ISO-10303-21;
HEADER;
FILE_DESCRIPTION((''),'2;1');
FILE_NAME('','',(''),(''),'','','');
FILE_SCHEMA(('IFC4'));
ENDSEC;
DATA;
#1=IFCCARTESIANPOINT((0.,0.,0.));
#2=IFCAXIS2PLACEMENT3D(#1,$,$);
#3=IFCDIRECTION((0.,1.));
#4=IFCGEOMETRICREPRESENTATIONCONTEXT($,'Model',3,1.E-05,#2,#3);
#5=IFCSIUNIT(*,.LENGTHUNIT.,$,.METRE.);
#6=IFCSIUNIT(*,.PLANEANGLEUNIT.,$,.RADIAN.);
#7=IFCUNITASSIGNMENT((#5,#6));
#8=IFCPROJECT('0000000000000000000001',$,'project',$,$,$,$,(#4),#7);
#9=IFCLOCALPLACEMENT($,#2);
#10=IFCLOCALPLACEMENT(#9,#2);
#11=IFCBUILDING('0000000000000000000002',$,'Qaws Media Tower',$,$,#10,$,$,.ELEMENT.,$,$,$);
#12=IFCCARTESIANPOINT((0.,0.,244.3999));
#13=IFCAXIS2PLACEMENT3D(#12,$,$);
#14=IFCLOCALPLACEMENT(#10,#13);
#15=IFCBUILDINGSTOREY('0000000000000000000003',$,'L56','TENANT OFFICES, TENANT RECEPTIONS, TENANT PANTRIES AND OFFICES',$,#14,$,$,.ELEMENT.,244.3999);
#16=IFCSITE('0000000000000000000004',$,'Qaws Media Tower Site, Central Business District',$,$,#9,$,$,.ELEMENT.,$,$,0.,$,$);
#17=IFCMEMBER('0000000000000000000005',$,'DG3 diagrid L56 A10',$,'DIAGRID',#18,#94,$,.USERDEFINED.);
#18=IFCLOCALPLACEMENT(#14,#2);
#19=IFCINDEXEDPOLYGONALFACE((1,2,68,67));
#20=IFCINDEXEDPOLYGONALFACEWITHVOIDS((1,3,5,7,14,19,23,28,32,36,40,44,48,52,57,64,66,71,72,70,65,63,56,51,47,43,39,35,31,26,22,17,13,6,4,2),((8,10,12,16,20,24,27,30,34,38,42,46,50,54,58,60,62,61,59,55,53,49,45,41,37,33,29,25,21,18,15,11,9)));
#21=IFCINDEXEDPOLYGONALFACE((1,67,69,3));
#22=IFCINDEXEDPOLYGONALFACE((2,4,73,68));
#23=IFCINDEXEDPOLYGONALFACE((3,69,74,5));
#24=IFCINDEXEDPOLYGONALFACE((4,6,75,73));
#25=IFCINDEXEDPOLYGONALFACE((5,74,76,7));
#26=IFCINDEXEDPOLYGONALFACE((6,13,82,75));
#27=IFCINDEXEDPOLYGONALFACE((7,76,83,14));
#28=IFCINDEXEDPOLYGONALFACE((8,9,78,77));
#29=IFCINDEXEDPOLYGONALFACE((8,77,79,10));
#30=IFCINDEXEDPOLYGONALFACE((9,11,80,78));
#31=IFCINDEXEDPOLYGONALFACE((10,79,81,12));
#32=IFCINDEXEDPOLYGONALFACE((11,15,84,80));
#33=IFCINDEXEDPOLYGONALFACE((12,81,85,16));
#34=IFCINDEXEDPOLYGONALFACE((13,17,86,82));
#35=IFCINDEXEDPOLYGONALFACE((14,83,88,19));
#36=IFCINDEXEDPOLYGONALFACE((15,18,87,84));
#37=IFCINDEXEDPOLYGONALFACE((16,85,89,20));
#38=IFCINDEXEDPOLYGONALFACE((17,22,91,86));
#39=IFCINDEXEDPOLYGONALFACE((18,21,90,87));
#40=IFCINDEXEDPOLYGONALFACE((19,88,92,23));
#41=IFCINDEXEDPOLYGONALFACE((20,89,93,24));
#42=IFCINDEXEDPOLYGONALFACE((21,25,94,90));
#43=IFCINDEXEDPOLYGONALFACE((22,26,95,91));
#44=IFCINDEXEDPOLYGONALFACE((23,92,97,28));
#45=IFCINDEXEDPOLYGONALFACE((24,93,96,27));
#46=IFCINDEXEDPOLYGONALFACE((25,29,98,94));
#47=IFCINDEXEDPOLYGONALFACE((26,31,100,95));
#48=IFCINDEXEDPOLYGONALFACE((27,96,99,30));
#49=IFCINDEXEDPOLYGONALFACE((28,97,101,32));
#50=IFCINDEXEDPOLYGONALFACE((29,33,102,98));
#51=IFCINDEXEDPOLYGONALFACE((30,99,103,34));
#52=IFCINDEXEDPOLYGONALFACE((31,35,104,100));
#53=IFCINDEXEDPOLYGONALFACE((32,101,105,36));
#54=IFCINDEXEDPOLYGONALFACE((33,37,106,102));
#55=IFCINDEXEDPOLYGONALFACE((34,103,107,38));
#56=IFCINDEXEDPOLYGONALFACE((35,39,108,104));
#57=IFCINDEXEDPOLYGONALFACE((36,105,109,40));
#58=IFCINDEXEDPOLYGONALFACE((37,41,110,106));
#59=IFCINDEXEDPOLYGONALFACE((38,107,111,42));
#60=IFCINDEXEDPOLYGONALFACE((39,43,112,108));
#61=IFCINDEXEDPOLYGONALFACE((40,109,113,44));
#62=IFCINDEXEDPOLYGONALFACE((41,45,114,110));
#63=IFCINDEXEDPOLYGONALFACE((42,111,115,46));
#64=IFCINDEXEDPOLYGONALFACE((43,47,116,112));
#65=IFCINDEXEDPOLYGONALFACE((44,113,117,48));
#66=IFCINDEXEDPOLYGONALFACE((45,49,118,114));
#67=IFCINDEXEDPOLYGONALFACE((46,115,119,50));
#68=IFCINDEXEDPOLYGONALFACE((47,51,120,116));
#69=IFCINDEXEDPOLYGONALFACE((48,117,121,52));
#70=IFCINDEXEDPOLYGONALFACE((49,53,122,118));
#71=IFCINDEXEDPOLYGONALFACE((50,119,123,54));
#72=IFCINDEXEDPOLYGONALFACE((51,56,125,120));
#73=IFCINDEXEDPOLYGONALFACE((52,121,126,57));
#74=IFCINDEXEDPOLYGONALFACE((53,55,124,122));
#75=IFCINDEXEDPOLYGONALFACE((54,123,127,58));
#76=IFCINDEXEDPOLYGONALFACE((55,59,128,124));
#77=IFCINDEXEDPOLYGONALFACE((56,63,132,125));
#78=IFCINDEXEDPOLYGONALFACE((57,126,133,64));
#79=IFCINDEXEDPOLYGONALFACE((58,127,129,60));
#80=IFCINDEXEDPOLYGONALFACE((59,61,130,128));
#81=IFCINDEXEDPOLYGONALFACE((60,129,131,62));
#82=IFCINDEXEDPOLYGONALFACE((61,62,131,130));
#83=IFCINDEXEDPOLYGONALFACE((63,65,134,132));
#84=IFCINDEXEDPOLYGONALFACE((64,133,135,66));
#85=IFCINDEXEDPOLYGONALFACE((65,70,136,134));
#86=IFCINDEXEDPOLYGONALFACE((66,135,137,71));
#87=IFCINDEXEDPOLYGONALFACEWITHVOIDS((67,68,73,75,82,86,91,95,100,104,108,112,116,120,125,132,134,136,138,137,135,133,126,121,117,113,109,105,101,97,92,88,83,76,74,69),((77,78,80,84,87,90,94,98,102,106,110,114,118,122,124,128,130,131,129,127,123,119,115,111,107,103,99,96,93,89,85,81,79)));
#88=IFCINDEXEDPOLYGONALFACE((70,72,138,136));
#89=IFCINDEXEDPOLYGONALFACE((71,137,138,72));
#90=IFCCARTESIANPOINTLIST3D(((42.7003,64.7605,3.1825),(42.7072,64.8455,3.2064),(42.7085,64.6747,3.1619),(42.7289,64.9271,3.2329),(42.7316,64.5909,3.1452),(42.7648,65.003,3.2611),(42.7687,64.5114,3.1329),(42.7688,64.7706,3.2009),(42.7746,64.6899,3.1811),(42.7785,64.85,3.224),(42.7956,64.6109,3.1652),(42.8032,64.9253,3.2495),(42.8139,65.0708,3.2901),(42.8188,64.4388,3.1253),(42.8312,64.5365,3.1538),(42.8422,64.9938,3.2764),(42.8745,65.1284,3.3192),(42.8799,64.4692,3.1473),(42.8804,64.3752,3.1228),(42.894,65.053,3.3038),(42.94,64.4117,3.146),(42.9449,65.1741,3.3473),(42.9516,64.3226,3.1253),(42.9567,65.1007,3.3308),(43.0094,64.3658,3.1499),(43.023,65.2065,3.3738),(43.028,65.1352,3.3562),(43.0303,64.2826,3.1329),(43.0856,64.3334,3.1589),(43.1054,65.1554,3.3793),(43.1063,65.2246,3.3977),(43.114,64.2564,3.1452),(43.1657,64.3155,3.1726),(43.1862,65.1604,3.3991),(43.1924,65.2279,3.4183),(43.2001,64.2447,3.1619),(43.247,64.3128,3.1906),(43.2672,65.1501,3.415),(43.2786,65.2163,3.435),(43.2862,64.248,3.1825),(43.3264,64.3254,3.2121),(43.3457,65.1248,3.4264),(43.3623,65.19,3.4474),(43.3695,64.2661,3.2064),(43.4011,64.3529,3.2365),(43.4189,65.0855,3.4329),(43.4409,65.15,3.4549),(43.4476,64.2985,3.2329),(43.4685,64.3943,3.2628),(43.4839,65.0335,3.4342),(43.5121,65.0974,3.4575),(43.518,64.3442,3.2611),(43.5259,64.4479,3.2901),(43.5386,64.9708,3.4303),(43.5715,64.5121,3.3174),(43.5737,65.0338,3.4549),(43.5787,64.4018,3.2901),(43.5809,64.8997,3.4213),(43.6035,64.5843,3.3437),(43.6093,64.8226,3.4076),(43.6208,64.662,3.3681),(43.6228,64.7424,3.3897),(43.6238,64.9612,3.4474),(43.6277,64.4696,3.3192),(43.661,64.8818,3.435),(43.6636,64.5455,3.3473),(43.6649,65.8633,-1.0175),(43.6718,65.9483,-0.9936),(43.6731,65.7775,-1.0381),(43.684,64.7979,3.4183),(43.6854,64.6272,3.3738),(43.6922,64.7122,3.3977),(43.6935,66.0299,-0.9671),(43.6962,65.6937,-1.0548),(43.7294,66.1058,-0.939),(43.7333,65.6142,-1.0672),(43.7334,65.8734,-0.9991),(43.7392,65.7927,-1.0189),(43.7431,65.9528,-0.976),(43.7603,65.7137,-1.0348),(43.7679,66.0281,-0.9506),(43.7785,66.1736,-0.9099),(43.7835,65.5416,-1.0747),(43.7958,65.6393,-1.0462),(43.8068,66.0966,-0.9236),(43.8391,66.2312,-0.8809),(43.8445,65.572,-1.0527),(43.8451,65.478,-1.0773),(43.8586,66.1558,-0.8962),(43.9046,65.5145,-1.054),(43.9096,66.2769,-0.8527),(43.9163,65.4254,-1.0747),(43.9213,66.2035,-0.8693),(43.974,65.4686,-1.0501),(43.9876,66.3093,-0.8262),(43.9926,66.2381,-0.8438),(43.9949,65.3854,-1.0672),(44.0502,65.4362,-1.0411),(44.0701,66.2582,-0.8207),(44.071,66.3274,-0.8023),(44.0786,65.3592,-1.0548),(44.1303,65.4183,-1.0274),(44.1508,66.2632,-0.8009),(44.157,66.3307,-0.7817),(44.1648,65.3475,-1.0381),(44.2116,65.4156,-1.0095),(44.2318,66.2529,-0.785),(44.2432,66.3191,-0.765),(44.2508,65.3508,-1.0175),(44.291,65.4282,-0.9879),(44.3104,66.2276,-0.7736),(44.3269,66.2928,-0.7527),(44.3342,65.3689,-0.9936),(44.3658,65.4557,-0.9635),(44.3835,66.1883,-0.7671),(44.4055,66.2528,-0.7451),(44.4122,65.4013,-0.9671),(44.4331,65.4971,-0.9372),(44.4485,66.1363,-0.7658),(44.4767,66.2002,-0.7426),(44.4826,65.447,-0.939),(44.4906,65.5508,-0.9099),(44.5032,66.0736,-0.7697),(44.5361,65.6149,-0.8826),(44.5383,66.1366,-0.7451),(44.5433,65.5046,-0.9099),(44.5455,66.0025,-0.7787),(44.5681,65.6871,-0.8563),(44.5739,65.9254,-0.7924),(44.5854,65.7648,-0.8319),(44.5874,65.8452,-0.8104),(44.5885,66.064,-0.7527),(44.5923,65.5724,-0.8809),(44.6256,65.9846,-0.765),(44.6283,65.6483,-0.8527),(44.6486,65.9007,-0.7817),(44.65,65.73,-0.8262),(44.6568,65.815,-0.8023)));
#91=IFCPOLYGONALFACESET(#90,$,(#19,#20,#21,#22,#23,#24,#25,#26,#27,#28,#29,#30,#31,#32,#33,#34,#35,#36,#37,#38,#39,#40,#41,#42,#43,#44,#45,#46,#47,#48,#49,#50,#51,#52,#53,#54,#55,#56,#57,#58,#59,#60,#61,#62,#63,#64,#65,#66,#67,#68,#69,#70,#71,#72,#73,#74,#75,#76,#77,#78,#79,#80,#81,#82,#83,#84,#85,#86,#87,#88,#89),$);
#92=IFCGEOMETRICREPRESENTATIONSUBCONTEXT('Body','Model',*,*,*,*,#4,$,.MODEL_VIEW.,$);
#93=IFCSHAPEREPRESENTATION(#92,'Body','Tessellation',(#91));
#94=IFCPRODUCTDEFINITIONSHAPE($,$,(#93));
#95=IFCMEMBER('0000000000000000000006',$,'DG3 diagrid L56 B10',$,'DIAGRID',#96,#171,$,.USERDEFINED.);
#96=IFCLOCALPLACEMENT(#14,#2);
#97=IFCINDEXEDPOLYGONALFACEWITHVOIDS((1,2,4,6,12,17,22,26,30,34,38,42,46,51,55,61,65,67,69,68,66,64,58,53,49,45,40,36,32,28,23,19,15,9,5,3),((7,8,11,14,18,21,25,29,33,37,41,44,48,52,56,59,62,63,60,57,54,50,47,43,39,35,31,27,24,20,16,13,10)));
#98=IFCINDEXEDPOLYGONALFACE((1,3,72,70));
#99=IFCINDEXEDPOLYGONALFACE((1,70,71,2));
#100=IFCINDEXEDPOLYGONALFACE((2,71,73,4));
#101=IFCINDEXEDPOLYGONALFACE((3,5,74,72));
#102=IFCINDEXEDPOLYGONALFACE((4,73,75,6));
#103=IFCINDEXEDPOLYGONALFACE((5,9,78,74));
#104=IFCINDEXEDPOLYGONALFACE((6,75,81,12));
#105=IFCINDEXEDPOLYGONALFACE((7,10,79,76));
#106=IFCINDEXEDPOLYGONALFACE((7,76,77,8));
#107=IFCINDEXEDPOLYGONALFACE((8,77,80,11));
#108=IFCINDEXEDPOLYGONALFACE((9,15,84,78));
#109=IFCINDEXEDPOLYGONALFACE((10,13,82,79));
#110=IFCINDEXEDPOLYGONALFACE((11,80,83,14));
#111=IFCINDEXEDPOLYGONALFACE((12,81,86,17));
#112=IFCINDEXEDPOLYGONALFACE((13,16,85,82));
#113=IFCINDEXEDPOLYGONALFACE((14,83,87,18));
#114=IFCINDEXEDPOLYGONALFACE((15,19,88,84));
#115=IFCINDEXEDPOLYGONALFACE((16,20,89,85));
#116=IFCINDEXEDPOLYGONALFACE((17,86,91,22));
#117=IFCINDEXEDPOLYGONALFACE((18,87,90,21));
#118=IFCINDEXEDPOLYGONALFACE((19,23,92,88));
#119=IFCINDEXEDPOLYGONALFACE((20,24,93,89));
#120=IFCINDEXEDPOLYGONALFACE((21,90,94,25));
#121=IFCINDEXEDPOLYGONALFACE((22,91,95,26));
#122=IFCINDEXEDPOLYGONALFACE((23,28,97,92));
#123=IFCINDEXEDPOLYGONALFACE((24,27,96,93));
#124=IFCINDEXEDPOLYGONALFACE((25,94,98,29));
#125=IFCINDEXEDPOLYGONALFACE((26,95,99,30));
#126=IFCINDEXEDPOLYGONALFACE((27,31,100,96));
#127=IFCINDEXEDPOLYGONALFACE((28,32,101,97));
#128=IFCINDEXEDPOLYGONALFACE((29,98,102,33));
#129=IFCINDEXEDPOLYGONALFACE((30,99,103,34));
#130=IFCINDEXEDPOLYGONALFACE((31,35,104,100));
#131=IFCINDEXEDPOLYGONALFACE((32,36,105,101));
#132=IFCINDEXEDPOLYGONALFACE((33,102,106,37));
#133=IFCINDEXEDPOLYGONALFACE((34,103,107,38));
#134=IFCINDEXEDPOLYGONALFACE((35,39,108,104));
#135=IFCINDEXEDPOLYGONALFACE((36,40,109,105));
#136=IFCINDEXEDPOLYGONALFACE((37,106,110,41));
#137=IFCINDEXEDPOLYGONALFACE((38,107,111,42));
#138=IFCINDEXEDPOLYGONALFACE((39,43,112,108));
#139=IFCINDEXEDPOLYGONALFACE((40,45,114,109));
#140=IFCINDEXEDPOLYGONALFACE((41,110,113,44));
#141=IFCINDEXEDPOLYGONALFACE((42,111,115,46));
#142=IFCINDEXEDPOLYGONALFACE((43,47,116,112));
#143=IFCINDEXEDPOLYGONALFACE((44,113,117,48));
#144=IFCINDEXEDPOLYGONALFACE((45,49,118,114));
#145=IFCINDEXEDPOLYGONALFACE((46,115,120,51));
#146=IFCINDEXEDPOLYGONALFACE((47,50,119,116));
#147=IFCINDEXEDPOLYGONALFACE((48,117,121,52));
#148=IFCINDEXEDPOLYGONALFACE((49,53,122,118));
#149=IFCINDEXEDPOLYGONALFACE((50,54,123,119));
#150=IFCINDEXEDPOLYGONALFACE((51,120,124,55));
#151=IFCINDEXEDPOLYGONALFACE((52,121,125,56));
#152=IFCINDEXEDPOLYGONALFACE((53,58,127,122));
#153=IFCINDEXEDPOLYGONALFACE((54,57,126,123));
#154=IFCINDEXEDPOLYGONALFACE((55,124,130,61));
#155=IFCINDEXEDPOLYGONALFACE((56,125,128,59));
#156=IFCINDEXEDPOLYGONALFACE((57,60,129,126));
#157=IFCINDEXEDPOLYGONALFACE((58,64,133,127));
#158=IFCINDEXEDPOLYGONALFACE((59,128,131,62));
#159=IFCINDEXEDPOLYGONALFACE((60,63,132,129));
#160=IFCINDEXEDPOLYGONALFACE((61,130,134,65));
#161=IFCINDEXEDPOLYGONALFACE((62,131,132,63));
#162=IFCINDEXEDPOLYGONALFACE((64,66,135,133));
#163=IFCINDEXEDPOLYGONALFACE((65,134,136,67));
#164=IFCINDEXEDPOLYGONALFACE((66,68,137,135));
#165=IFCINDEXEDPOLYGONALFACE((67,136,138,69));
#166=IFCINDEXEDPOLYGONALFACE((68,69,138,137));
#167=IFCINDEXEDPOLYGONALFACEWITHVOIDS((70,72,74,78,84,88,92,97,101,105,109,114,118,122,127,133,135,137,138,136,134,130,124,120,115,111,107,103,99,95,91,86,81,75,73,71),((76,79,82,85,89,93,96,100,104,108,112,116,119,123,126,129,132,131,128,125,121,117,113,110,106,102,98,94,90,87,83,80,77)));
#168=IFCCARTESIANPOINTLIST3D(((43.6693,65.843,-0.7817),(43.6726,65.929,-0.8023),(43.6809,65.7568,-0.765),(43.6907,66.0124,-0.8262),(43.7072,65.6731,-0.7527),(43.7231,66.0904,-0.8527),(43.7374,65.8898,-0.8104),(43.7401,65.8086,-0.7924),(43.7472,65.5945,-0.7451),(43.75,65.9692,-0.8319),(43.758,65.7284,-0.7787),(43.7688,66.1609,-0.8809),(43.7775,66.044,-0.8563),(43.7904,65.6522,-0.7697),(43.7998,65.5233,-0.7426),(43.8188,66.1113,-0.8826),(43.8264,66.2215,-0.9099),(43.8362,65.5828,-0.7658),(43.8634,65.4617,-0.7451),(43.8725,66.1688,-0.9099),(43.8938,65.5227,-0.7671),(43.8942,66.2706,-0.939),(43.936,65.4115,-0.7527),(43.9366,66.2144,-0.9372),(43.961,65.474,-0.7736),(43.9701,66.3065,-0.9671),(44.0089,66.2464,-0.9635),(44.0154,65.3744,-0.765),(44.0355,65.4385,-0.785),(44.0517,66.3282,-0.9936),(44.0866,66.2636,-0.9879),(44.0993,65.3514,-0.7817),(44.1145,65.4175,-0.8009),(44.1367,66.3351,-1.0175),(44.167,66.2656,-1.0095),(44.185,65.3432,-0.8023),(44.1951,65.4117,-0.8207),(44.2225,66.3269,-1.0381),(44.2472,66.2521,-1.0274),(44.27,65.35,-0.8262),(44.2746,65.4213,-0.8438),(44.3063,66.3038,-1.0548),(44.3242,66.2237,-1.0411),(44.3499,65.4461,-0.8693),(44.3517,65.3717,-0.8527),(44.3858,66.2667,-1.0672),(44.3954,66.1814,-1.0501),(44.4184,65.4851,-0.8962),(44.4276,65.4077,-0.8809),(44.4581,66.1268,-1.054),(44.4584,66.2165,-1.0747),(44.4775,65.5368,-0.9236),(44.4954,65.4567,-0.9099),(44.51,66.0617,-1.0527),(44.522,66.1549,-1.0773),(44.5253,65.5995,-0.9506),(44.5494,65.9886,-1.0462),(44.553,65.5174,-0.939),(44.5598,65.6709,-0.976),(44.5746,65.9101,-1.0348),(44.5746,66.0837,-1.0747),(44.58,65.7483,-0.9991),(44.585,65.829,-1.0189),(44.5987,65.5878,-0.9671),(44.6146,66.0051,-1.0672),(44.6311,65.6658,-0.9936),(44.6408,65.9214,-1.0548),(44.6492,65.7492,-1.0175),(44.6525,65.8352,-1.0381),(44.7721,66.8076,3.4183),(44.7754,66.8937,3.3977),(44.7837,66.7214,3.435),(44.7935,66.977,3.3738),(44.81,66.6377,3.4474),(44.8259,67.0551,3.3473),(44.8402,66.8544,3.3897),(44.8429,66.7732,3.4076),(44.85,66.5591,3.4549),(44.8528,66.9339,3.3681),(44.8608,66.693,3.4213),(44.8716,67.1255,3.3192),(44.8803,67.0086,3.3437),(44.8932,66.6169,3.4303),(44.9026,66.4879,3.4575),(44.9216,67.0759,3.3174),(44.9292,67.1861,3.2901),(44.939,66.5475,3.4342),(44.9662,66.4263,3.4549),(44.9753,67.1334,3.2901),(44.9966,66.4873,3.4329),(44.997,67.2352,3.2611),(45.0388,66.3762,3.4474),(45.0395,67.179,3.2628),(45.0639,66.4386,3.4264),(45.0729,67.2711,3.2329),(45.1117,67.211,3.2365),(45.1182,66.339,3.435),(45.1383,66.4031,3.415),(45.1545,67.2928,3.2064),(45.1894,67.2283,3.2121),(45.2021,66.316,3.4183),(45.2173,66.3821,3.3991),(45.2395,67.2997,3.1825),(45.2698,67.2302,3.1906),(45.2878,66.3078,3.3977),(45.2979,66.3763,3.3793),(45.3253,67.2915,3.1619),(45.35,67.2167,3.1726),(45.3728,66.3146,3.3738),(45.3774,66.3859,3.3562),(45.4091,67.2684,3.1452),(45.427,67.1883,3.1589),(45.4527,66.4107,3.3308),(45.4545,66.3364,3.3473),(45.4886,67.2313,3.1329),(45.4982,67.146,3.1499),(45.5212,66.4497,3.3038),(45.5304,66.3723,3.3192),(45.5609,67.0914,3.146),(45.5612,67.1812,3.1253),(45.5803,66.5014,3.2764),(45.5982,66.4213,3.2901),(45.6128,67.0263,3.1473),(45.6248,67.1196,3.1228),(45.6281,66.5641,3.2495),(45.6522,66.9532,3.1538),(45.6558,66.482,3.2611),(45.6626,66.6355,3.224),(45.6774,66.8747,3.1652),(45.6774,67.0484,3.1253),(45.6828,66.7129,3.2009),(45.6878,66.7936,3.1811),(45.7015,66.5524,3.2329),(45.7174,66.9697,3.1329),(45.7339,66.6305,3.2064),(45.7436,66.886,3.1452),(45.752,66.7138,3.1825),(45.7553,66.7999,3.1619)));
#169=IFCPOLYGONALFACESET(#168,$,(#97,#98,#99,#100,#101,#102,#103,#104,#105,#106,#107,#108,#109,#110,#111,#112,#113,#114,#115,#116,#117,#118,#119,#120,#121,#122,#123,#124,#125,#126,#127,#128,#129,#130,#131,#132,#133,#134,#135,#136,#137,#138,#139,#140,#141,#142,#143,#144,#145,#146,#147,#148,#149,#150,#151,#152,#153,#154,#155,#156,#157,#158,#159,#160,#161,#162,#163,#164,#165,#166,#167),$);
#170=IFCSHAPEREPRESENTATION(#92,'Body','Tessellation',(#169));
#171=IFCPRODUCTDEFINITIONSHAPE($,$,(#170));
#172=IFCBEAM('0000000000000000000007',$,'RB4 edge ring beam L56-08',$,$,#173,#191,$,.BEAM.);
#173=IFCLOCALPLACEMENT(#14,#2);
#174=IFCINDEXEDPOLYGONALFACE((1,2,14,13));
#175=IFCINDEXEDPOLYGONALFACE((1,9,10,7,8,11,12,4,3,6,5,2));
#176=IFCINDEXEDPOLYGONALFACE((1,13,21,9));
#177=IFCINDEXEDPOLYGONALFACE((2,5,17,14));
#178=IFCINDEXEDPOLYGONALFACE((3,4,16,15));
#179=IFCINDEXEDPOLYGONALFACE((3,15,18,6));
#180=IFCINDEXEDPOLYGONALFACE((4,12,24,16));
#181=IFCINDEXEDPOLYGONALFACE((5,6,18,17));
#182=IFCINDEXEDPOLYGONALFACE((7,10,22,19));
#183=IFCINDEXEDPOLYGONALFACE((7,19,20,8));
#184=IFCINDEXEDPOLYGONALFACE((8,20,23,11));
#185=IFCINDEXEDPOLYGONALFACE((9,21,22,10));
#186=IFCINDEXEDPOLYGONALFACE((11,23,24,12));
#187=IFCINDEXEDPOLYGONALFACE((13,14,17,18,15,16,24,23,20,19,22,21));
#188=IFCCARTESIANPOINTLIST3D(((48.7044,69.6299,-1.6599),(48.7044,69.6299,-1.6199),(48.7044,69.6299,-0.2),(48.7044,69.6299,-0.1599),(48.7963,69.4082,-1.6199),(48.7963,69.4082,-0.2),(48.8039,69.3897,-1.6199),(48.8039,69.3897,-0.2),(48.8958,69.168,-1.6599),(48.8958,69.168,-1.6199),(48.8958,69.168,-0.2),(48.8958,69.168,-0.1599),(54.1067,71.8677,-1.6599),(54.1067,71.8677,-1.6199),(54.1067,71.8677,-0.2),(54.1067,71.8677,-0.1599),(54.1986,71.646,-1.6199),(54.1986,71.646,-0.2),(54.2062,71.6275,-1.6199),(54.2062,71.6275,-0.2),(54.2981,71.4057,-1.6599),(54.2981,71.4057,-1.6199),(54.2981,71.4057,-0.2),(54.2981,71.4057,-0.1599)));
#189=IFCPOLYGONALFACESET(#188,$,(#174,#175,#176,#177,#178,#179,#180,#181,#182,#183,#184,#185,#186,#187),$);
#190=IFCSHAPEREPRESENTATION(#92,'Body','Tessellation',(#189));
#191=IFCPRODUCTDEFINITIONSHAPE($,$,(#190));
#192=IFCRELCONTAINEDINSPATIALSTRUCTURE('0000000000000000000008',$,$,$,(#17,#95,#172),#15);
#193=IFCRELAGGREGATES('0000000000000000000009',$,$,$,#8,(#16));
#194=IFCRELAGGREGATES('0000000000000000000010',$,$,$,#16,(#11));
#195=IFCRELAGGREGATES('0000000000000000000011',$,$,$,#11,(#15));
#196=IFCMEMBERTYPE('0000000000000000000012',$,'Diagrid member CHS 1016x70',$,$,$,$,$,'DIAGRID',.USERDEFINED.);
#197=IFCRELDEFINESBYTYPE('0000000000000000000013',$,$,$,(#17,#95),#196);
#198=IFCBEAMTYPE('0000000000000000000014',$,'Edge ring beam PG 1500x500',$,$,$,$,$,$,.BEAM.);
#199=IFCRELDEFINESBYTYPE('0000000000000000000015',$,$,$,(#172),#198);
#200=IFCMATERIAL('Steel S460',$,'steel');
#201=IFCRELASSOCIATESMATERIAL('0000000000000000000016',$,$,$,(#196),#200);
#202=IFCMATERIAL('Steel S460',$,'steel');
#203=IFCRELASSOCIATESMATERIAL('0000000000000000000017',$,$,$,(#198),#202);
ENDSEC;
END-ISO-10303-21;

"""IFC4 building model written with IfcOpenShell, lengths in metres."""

from ifc_helpers import new_model, si_unit, direction, frame, origin, origin_2d, place, context, subcontext, project, spatial, hollow_circle, i_section, extrude, material, material_profile, profile_set, type_object, element, save


model = new_model("IFC4")

# Units and contexts
model_context = context("Model", 3, precision=1e-05, world=origin(), true_north=direction((0.0, 1.0)))
body_context = subcontext(model_context, "Body", "Model", "MODEL_VIEW")
ifc_project = project(units=[si_unit("LENGTHUNIT", "METRE"), si_unit("PLANEANGLEUNIT", "RADIAN")], contexts=[model_context])

# Site, building, storey
site_placement = place(None, origin())
site = spatial("IfcSite", under=ifc_project, at=site_placement, Name="Qaws Media Tower Site, Central Business District", CompositionType="ELEMENT", RefElevation=0.0)
building_placement = place(site_placement, origin())
building = spatial("IfcBuilding", under=site, at=building_placement, Name="Qaws Media Tower", CompositionType="ELEMENT")
storey_placement = place(building_placement, frame((0.0, 0.0, 244.3999)))
storey = spatial("IfcBuildingStorey", under=building, at=storey_placement, Name="L56", Description="TENANT OFFICES, TENANT RECEPTIONS, TENANT PANTRIES AND OFFICES", CompositionType="ELEMENT", Elevation=244.3999)

# Members
ifc_material_1 = material(Name="Steel S460", Category="steel")
ifc_material_profile_1 = material_profile(ifc_material_1, hollow_circle(Radius=0.5081, WallThickness=0.0701, at=origin_2d()), Name="CHS 1016x70")
ifc_profile_set_1 = profile_set([ifc_material_profile_1], Name="Steel S460")
member_type_1 = type_object("IfcMemberType", Name="Diagrid member CHS 1016x70", ElementType="DIAGRID", PredefinedType="USERDEFINED", material=ifc_profile_set_1)
for number, where, z_axis, x_axis, name in (
    (1, (44.1609, 65.8391, -0.9099), (-0.216853, -0.247919, 0.944199), (0.75269, -0.658375, 0.0), "DG3 diagrid L56 A10"),
    (2, (44.1609, 65.8391, -0.9099), (0.247919, 0.216853, 0.944199), (-0.658375, 0.75269, 0.0), "DG3 diagrid L56 B10"),
):
    element("IfcMember", number, at=place(storey_placement, frame(where, z_axis=z_axis, x_axis=x_axis)), inside=storey, type_object=member_type_1, Name=name, ObjectType="DIAGRID", PredefinedType="USERDEFINED", context=body_context, shape_type="SweptSolid", body=[
        extrude(hollow_circle(Radius=0.5081, WallThickness=0.0701, at=origin_2d()), origin(), (0.0, 0.0, 1.0), 4.4482),
    ])

# Beam
ifc_material_2 = material(Name="Steel S460", Category="steel")
ifc_material_profile_2 = material_profile(ifc_material_2, i_section(OverallWidth=0.5, OverallDepth=1.5, WebThickness=0.02, FlangeThickness=0.04, at=origin_2d()), Name="PG 1500x500")
ifc_profile_set_2 = profile_set([ifc_material_profile_2], Name="Steel S460")
beam_type = type_object("IfcBeamType", Name="Edge ring beam PG 1500x500", PredefinedType="BEAM", material=ifc_profile_set_2)
beam_placement = place(storey_placement, frame((54.2024, 71.6367, -0.9099), z_axis=(-0.923875, -0.382693, 0.0), x_axis=(0.382693, -0.923875, 0.0)))
element("IfcBeam", 3, at=beam_placement, inside=storey, type_object=beam_type, Name="RB4 edge ring beam L56-08", PredefinedType="BEAM", context=body_context, shape_type="SweptSolid", body=[
    extrude(i_section(OverallWidth=0.5, OverallDepth=1.5, WebThickness=0.02, FlangeThickness=0.04, at=origin_2d()), origin(), (0.0, 0.0, 1.0), 5.8474),
])

save(model, "model.ifc")
